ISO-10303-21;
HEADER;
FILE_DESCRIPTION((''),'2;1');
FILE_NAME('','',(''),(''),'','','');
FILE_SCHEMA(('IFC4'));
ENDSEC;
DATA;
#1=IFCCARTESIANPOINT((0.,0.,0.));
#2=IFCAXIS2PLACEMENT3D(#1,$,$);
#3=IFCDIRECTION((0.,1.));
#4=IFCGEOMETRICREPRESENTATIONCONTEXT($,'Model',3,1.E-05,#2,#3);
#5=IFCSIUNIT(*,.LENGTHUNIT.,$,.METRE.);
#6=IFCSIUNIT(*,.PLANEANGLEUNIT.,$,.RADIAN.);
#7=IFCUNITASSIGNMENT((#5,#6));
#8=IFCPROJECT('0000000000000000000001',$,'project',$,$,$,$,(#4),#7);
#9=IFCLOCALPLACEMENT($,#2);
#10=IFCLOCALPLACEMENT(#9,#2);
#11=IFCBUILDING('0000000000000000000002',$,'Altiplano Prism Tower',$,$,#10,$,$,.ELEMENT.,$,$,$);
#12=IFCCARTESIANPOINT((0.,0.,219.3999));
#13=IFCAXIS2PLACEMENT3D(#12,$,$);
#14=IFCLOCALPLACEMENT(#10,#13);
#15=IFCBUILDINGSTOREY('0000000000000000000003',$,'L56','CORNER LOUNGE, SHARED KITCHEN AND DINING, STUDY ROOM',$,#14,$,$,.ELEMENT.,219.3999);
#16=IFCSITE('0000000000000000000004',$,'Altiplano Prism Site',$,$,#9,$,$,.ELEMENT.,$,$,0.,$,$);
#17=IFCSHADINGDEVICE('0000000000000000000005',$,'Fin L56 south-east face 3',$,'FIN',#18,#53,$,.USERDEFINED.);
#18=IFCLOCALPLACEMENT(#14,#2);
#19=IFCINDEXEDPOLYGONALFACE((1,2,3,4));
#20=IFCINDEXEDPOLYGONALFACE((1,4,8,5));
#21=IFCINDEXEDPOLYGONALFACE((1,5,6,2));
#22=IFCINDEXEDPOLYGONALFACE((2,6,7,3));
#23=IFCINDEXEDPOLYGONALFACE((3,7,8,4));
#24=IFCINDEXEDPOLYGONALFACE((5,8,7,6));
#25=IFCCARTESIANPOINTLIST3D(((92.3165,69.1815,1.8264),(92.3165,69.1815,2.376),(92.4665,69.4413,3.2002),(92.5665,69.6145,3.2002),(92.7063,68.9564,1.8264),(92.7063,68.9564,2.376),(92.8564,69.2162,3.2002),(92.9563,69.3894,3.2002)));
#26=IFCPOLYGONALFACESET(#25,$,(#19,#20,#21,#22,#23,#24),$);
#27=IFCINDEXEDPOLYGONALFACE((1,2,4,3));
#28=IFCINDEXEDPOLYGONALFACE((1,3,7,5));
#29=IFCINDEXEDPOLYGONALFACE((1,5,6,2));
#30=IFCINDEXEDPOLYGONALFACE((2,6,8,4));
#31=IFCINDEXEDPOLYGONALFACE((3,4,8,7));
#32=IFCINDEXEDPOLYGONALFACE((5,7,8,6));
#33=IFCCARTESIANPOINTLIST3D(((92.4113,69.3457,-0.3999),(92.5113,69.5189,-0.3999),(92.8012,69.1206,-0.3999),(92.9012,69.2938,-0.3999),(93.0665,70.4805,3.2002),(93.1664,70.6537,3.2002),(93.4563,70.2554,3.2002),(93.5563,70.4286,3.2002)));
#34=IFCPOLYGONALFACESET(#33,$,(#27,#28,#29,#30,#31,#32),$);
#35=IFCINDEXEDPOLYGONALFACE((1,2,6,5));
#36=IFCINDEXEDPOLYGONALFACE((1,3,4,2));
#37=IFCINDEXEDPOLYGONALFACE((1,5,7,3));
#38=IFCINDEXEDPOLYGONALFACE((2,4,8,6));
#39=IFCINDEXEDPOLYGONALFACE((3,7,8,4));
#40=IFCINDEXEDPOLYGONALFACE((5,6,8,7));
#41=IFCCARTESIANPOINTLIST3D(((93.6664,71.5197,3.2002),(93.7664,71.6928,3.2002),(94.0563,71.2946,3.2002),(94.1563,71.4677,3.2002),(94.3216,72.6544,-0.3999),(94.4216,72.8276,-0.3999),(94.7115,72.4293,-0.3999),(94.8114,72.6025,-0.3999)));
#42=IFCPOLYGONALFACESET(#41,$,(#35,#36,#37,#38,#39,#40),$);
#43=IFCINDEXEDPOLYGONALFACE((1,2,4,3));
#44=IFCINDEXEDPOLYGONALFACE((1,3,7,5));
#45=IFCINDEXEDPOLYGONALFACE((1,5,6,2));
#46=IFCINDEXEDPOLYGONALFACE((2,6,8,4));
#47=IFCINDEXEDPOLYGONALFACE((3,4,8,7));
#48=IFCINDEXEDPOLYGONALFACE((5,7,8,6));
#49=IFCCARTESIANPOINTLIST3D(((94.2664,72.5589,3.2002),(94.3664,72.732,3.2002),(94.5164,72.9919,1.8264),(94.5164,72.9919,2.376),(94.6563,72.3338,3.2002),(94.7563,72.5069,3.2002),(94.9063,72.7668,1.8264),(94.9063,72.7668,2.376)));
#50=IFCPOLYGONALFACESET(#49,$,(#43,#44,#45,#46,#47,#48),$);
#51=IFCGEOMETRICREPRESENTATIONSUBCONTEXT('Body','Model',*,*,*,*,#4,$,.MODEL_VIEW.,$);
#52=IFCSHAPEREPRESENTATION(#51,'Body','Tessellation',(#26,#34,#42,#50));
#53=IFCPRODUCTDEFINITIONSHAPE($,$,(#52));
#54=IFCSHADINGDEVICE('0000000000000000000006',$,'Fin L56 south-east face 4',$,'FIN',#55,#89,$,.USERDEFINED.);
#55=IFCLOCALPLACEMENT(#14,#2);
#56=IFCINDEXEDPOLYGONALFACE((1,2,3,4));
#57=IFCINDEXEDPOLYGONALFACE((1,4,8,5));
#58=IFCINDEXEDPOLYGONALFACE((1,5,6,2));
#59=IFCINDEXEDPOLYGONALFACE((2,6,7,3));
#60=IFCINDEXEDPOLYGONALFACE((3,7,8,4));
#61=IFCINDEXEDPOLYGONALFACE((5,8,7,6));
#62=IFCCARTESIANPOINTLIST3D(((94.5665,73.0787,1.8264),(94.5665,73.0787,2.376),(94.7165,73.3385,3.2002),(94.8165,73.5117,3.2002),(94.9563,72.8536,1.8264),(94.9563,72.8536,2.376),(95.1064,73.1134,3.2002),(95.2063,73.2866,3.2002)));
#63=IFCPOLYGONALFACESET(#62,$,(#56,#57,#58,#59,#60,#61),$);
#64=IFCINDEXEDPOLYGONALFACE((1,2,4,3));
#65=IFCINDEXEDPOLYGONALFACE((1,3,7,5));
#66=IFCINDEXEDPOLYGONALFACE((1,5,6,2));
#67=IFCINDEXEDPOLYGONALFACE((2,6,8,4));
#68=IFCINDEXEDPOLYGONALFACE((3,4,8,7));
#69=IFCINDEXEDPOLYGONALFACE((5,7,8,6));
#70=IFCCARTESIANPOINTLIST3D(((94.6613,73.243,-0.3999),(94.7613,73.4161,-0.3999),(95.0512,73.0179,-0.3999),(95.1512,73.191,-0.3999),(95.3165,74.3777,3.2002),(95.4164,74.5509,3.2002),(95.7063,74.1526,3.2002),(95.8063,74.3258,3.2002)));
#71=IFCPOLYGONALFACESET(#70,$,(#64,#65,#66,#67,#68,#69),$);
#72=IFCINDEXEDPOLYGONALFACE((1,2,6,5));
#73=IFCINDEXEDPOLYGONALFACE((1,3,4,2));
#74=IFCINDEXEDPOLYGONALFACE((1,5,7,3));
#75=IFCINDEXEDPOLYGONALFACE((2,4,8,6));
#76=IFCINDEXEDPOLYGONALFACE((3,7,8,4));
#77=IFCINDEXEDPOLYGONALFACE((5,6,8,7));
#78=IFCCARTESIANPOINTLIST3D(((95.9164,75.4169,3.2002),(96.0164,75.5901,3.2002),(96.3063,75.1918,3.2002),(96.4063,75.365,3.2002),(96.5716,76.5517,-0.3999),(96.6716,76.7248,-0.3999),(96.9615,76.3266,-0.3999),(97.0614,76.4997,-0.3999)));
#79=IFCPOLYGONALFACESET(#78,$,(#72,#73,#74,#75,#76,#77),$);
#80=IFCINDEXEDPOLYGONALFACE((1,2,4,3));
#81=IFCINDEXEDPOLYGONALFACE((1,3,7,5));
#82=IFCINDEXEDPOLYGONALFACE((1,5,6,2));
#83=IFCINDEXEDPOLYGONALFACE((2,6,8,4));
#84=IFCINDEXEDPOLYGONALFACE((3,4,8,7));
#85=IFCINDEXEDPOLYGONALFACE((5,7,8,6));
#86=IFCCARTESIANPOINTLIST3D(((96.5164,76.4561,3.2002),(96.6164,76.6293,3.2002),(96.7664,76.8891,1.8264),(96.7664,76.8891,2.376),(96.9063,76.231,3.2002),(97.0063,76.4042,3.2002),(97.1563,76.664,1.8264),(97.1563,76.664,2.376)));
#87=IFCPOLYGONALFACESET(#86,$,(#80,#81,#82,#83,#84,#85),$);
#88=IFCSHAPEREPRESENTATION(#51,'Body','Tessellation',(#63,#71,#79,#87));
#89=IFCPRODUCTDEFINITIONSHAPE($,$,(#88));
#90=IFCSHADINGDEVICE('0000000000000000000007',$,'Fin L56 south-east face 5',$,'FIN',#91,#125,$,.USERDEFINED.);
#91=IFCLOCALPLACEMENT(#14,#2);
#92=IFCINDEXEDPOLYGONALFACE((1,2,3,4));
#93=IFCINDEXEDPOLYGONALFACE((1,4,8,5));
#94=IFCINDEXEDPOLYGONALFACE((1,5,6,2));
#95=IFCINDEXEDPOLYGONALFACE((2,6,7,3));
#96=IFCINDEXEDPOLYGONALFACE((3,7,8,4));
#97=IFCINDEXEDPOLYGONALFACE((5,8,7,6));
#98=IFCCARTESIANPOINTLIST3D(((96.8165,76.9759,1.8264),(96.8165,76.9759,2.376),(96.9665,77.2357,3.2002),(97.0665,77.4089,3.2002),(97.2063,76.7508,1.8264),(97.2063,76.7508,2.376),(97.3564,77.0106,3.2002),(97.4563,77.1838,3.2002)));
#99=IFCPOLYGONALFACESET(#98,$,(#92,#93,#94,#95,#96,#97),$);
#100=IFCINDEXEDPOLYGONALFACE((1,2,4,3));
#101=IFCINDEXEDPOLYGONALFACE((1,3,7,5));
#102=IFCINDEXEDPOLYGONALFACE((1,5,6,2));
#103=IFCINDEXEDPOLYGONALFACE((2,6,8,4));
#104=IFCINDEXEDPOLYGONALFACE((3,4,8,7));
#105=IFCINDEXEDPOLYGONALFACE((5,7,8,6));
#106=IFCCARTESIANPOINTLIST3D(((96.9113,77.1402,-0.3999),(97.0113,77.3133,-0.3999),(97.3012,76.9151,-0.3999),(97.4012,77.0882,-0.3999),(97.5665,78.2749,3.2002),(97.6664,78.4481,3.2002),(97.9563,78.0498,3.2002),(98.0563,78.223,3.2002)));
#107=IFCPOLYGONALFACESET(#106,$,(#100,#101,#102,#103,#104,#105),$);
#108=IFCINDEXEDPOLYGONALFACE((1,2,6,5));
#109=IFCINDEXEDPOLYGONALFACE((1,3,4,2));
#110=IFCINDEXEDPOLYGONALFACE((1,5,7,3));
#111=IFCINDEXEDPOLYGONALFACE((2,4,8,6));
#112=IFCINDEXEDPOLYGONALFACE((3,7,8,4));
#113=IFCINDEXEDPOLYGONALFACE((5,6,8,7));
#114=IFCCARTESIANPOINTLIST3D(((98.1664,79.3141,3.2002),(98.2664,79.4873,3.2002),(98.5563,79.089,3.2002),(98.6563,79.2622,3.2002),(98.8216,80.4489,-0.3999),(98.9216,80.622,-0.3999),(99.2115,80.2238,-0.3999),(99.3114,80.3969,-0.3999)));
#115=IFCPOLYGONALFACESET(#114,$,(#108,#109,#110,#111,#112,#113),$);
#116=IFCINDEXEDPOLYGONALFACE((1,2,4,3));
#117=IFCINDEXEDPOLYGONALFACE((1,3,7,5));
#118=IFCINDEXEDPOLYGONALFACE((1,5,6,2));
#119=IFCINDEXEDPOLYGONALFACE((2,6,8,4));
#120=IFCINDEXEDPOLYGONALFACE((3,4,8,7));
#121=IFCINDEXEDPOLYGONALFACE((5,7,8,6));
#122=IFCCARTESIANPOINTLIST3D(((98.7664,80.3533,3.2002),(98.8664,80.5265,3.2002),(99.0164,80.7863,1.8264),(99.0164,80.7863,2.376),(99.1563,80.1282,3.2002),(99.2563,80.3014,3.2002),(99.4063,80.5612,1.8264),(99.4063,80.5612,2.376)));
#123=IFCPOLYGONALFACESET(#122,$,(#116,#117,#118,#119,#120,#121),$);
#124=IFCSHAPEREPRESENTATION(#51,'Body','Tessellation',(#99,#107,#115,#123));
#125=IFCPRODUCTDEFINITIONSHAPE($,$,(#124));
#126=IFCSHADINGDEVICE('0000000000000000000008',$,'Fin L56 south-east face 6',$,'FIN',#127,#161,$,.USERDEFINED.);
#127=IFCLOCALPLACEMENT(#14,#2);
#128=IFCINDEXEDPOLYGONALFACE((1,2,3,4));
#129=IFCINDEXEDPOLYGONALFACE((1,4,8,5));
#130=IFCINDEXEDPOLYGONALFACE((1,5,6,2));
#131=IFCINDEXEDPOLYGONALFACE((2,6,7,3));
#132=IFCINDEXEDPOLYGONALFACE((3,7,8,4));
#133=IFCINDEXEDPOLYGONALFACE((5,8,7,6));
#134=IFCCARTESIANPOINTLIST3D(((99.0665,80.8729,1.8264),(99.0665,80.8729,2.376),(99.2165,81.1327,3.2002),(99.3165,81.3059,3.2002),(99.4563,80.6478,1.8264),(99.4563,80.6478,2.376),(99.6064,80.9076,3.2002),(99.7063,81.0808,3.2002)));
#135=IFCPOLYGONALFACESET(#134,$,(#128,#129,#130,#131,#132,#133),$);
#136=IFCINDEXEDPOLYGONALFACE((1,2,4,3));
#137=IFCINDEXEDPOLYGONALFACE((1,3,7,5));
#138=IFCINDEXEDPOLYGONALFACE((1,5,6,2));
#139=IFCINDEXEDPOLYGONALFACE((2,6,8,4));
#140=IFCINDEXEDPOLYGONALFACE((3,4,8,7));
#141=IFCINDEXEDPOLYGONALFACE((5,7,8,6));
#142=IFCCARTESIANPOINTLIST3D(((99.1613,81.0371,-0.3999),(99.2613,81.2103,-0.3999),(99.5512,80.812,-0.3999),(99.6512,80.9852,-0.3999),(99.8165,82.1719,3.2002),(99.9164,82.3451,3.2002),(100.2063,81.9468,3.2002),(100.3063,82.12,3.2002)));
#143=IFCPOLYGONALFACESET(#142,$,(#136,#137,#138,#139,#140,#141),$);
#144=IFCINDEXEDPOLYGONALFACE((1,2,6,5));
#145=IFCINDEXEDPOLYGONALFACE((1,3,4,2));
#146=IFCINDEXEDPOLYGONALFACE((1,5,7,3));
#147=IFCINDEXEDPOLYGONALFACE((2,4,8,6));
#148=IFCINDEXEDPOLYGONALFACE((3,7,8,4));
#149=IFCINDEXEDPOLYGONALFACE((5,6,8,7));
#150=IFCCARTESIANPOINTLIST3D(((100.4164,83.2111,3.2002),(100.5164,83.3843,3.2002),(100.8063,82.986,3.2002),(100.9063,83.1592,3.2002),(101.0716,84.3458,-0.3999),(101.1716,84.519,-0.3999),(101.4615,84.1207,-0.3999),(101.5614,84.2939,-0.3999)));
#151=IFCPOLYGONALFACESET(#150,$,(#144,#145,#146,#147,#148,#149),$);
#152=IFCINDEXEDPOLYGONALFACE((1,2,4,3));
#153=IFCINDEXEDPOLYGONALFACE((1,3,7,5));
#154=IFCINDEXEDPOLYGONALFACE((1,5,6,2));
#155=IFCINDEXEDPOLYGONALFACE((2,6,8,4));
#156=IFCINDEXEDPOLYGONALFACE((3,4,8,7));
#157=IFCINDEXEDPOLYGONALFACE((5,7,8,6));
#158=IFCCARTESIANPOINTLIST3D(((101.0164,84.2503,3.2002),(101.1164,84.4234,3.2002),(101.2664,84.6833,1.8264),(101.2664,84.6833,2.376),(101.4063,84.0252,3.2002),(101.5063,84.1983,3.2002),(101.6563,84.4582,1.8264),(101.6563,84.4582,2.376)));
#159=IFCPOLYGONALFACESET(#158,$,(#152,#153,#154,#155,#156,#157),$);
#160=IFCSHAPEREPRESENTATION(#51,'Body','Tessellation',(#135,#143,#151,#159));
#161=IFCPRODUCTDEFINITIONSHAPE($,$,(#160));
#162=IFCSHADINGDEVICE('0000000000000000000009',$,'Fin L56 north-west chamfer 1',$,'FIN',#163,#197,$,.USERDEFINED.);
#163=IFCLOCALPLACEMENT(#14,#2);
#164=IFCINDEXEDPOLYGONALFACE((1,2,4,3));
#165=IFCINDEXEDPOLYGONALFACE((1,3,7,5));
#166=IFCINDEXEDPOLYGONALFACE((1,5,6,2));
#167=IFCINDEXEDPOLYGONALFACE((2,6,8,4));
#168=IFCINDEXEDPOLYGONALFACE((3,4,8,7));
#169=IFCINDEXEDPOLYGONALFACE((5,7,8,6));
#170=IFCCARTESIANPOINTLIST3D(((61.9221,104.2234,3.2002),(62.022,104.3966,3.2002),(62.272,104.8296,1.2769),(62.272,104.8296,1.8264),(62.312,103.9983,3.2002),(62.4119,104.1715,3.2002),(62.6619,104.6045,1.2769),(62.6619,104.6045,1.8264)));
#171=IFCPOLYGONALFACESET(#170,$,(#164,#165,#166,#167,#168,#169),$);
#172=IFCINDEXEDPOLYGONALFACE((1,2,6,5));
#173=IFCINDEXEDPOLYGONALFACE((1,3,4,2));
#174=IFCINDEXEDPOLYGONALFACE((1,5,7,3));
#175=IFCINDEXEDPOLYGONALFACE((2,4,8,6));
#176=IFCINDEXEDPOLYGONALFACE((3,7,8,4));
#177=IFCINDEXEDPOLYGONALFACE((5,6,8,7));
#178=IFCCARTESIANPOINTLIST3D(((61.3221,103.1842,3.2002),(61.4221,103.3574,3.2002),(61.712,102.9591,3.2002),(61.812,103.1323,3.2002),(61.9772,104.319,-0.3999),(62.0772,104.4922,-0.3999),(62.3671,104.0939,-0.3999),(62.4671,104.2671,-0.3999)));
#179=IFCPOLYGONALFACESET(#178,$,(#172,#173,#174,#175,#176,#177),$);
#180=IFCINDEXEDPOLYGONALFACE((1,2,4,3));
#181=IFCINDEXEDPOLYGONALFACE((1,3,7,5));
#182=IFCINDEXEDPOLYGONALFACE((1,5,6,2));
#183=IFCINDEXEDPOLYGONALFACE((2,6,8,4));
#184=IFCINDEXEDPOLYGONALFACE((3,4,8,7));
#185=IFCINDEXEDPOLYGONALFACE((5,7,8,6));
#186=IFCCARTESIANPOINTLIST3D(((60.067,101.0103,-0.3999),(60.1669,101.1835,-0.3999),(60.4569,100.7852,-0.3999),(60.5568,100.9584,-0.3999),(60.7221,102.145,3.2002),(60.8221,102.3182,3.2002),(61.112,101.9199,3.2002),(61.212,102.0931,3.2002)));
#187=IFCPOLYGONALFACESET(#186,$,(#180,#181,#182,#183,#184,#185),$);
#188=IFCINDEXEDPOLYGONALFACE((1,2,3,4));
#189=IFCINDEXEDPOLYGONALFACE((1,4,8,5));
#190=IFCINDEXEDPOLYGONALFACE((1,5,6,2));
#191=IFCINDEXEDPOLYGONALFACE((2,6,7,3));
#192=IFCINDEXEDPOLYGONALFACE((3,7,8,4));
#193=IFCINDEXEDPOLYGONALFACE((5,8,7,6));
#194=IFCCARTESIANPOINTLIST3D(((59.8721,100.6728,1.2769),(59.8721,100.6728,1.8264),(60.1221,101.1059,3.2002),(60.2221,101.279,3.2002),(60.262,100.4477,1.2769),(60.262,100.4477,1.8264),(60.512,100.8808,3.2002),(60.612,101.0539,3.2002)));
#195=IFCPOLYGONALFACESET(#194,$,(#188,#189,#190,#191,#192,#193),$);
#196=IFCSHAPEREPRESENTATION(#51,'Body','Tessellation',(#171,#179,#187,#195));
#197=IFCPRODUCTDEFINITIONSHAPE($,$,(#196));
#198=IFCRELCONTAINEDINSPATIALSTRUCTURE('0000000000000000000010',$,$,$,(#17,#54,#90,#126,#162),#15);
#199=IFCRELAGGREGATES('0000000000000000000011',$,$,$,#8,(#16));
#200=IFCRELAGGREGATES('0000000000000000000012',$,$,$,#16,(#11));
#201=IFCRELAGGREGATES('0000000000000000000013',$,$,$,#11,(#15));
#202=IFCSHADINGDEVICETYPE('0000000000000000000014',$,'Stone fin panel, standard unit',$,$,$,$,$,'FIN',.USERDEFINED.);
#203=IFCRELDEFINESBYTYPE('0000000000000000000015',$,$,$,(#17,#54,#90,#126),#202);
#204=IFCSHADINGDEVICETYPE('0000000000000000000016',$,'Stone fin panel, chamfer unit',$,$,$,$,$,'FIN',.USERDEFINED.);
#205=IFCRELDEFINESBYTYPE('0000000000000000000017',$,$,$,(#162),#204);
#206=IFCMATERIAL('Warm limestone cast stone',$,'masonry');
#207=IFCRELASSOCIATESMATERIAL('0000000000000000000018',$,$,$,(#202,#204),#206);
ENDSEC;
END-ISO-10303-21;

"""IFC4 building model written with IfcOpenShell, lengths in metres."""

from ifc_helpers import new_model, si_unit, direction, frame, origin, place, context, subcontext, project, spatial, polyline, outline, extrude, source, transform, mapped, material, type_object, element, save


model = new_model("IFC4")

# Units and contexts
model_context = context("Model", 3, precision=1e-05, world=origin(), true_north=direction((0.0, 1.0)))
body_context = subcontext(model_context, "Body", "Model", "MODEL_VIEW")
ifc_project = project(units=[si_unit("LENGTHUNIT", "METRE"), si_unit("PLANEANGLEUNIT", "RADIAN")], contexts=[model_context])

# Site, building, storey
site_placement = place(None, origin())
site = spatial("IfcSite", under=ifc_project, at=site_placement, Name="Altiplano Prism Site", CompositionType="ELEMENT", RefElevation=0.0)
building_placement = place(site_placement, origin())
building = spatial("IfcBuilding", under=site, at=building_placement, Name="Altiplano Prism Tower", CompositionType="ELEMENT")
storey_placement = place(building_placement, frame((0.0, 0.0, 219.3999)))
storey = spatial("IfcBuildingStorey", under=building, at=storey_placement, Name="L56", Description="CORNER LOUNGE, SHARED KITCHEN AND DINING, STUDY ROOM", CompositionType="ELEMENT", Elevation=219.3999)

# Shading devices
ifc_material_1 = material(Name="Warm limestone cast stone", Category="masonry")
shading_device_type_1 = type_object("IfcShadingDeviceType", Name="Stone fin panel, standard unit", ElementType="FIN", PredefinedType="USERDEFINED", material=ifc_material_1)
shared_shape_1 = source(origin(), body_context, "Body", "SweptSolid", [
    extrude(outline(polyline([(-2.2, 2.2263), (-1.7, 3.6001), (-1.8999, 3.6001), (-2.2, 2.7759), (-2.2, 2.2263)])), frame((0.0, -0.1499, 0.0), z_axis=(0.0, -1.0, 0.0), x_axis=(1.0, 0.0, 0.0)), (0.0, 0.0, 1.0), 0.4502),
    extrude(outline(polyline([(-2.0103, 0.0), (-1.8103, 0.0), (-0.5, 3.6001), (-0.7, 3.6001), (-2.0103, 0.0)])), frame((0.0, -0.1499, 0.0), z_axis=(0.0, -1.0, 0.0), x_axis=(1.0, 0.0, 0.0)), (0.0, 0.0, 1.0), 0.4502),
    extrude(outline(polyline([(1.8103, 0.0), (2.0103, 0.0), (0.7, 3.6001), (0.5, 3.6001), (1.8103, 0.0)])), frame((0.0, -0.1499, 0.0), z_axis=(0.0, -1.0, 0.0), x_axis=(1.0, 0.0, 0.0)), (0.0, 0.0, 1.0), 0.4502),
    extrude(outline(polyline([(2.2, 2.7759), (1.8999, 3.6001), (1.7, 3.6001), (2.2, 2.2263), (2.2, 2.7759)])), frame((0.0, -0.1499, 0.0), z_axis=(0.0, -1.0, 0.0), x_axis=(1.0, 0.0, 0.0)), (0.0, 0.0, 1.0), 0.4502),
])
shading_device_1_placement = place(storey_placement, origin())
element("IfcShadingDevice", 1, at=shading_device_1_placement, inside=storey, type_object=shading_device_type_1, Name="Fin L56 south-east face 3", ObjectType="FIN", PredefinedType="USERDEFINED", context=body_context, shape_type="MappedRepresentation", body=[
    mapped(shared_shape_1, transform((93.2866, 71.1616, -0.3999), x_axis=(0.5, 0.866025, 0.0), y_axis=(-0.866025, 0.5, 0.0), z_axis=(0.0, 0.0, 1.0))),
])
shading_device_2_placement = place(storey_placement, origin())
element("IfcShadingDevice", 2, at=shading_device_2_placement, inside=storey, type_object=shading_device_type_1, Name="Fin L56 south-east face 4", ObjectType="FIN", PredefinedType="USERDEFINED", context=body_context, shape_type="MappedRepresentation", body=[
    mapped(shared_shape_1, transform((95.5366, 75.0588, -0.3999), x_axis=(0.5, 0.866025, 0.0), y_axis=(-0.866025, 0.5, 0.0), z_axis=(0.0, 0.0, 1.0))),
])
shading_device_3_placement = place(storey_placement, origin())
element("IfcShadingDevice", 3, at=shading_device_3_placement, inside=storey, type_object=shading_device_type_1, Name="Fin L56 south-east face 5", ObjectType="FIN", PredefinedType="USERDEFINED", context=body_context, shape_type="MappedRepresentation", body=[
    mapped(shared_shape_1, transform((97.7866, 78.9561, -0.3999), x_axis=(0.5, 0.866025, 0.0), y_axis=(-0.866025, 0.5, 0.0), z_axis=(0.0, 0.0, 1.0))),
])
shading_device_4_placement = place(storey_placement, origin())
element("IfcShadingDevice", 4, at=shading_device_4_placement, inside=storey, type_object=shading_device_type_1, Name="Fin L56 south-east face 6", ObjectType="FIN", PredefinedType="USERDEFINED", context=body_context, shape_type="MappedRepresentation", body=[
    mapped(shared_shape_1, transform((100.0366, 82.853, -0.3999), x_axis=(0.5, 0.866025, 0.0), y_axis=(-0.866025, 0.5, 0.0), z_axis=(0.0, 0.0, 1.0))),
])
shading_device_type_2 = type_object("IfcShadingDeviceType", Name="Stone fin panel, chamfer unit", ElementType="FIN", PredefinedType="USERDEFINED", material=ifc_material_1)
shared_shape_2 = source(origin(), body_context, "Body", "SweptSolid", [
    extrude(outline(polyline([(-2.3999, 1.6768), (-1.7, 3.6001), (-1.8999, 3.6001), (-2.3999, 2.2263), (-2.3999, 1.6768)])), frame((0.0, -0.1499, 0.0), z_axis=(0.0, -1.0, 0.0), x_axis=(1.0, 0.0, 0.0)), (0.0, 0.0, 1.0), 0.4502),
    extrude(outline(polyline([(-2.0103, 0.0), (-1.8103, 0.0), (-0.5, 3.6001), (-0.7, 3.6001), (-2.0103, 0.0)])), frame((0.0, -0.1499, 0.0), z_axis=(0.0, -1.0, 0.0), x_axis=(1.0, 0.0, 0.0)), (0.0, 0.0, 1.0), 0.4502),
    extrude(outline(polyline([(1.8103, 0.0), (2.0103, 0.0), (0.7, 3.6001), (0.5, 3.6001), (1.8103, 0.0)])), frame((0.0, -0.1499, 0.0), z_axis=(0.0, -1.0, 0.0), x_axis=(1.0, 0.0, 0.0)), (0.0, 0.0, 1.0), 0.4502),
    extrude(outline(polyline([(2.3999, 2.2263), (1.8999, 3.6001), (1.7, 3.6001), (2.3999, 1.6768), (2.3999, 2.2263)])), frame((0.0, -0.1499, 0.0), z_axis=(0.0, -1.0, 0.0), x_axis=(1.0, 0.0, 0.0)), (0.0, 0.0, 1.0), 0.4502),
])
shading_device_5_placement = place(storey_placement, origin())
element("IfcShadingDevice", 5, at=shading_device_5_placement, inside=storey, type_object=shading_device_type_2, Name="Fin L56 north-west chamfer 1", ObjectType="FIN", PredefinedType="USERDEFINED", context=body_context, shape_type="MappedRepresentation", body=[
    mapped(shared_shape_2, transform((61.5918, 102.4512, -0.3999), x_axis=(-0.5, -0.866025, 0.0), y_axis=(0.866025, -0.5, 0.0), z_axis=(0.0, 0.0, 1.0))),
])

save(model, "model.ifc")
